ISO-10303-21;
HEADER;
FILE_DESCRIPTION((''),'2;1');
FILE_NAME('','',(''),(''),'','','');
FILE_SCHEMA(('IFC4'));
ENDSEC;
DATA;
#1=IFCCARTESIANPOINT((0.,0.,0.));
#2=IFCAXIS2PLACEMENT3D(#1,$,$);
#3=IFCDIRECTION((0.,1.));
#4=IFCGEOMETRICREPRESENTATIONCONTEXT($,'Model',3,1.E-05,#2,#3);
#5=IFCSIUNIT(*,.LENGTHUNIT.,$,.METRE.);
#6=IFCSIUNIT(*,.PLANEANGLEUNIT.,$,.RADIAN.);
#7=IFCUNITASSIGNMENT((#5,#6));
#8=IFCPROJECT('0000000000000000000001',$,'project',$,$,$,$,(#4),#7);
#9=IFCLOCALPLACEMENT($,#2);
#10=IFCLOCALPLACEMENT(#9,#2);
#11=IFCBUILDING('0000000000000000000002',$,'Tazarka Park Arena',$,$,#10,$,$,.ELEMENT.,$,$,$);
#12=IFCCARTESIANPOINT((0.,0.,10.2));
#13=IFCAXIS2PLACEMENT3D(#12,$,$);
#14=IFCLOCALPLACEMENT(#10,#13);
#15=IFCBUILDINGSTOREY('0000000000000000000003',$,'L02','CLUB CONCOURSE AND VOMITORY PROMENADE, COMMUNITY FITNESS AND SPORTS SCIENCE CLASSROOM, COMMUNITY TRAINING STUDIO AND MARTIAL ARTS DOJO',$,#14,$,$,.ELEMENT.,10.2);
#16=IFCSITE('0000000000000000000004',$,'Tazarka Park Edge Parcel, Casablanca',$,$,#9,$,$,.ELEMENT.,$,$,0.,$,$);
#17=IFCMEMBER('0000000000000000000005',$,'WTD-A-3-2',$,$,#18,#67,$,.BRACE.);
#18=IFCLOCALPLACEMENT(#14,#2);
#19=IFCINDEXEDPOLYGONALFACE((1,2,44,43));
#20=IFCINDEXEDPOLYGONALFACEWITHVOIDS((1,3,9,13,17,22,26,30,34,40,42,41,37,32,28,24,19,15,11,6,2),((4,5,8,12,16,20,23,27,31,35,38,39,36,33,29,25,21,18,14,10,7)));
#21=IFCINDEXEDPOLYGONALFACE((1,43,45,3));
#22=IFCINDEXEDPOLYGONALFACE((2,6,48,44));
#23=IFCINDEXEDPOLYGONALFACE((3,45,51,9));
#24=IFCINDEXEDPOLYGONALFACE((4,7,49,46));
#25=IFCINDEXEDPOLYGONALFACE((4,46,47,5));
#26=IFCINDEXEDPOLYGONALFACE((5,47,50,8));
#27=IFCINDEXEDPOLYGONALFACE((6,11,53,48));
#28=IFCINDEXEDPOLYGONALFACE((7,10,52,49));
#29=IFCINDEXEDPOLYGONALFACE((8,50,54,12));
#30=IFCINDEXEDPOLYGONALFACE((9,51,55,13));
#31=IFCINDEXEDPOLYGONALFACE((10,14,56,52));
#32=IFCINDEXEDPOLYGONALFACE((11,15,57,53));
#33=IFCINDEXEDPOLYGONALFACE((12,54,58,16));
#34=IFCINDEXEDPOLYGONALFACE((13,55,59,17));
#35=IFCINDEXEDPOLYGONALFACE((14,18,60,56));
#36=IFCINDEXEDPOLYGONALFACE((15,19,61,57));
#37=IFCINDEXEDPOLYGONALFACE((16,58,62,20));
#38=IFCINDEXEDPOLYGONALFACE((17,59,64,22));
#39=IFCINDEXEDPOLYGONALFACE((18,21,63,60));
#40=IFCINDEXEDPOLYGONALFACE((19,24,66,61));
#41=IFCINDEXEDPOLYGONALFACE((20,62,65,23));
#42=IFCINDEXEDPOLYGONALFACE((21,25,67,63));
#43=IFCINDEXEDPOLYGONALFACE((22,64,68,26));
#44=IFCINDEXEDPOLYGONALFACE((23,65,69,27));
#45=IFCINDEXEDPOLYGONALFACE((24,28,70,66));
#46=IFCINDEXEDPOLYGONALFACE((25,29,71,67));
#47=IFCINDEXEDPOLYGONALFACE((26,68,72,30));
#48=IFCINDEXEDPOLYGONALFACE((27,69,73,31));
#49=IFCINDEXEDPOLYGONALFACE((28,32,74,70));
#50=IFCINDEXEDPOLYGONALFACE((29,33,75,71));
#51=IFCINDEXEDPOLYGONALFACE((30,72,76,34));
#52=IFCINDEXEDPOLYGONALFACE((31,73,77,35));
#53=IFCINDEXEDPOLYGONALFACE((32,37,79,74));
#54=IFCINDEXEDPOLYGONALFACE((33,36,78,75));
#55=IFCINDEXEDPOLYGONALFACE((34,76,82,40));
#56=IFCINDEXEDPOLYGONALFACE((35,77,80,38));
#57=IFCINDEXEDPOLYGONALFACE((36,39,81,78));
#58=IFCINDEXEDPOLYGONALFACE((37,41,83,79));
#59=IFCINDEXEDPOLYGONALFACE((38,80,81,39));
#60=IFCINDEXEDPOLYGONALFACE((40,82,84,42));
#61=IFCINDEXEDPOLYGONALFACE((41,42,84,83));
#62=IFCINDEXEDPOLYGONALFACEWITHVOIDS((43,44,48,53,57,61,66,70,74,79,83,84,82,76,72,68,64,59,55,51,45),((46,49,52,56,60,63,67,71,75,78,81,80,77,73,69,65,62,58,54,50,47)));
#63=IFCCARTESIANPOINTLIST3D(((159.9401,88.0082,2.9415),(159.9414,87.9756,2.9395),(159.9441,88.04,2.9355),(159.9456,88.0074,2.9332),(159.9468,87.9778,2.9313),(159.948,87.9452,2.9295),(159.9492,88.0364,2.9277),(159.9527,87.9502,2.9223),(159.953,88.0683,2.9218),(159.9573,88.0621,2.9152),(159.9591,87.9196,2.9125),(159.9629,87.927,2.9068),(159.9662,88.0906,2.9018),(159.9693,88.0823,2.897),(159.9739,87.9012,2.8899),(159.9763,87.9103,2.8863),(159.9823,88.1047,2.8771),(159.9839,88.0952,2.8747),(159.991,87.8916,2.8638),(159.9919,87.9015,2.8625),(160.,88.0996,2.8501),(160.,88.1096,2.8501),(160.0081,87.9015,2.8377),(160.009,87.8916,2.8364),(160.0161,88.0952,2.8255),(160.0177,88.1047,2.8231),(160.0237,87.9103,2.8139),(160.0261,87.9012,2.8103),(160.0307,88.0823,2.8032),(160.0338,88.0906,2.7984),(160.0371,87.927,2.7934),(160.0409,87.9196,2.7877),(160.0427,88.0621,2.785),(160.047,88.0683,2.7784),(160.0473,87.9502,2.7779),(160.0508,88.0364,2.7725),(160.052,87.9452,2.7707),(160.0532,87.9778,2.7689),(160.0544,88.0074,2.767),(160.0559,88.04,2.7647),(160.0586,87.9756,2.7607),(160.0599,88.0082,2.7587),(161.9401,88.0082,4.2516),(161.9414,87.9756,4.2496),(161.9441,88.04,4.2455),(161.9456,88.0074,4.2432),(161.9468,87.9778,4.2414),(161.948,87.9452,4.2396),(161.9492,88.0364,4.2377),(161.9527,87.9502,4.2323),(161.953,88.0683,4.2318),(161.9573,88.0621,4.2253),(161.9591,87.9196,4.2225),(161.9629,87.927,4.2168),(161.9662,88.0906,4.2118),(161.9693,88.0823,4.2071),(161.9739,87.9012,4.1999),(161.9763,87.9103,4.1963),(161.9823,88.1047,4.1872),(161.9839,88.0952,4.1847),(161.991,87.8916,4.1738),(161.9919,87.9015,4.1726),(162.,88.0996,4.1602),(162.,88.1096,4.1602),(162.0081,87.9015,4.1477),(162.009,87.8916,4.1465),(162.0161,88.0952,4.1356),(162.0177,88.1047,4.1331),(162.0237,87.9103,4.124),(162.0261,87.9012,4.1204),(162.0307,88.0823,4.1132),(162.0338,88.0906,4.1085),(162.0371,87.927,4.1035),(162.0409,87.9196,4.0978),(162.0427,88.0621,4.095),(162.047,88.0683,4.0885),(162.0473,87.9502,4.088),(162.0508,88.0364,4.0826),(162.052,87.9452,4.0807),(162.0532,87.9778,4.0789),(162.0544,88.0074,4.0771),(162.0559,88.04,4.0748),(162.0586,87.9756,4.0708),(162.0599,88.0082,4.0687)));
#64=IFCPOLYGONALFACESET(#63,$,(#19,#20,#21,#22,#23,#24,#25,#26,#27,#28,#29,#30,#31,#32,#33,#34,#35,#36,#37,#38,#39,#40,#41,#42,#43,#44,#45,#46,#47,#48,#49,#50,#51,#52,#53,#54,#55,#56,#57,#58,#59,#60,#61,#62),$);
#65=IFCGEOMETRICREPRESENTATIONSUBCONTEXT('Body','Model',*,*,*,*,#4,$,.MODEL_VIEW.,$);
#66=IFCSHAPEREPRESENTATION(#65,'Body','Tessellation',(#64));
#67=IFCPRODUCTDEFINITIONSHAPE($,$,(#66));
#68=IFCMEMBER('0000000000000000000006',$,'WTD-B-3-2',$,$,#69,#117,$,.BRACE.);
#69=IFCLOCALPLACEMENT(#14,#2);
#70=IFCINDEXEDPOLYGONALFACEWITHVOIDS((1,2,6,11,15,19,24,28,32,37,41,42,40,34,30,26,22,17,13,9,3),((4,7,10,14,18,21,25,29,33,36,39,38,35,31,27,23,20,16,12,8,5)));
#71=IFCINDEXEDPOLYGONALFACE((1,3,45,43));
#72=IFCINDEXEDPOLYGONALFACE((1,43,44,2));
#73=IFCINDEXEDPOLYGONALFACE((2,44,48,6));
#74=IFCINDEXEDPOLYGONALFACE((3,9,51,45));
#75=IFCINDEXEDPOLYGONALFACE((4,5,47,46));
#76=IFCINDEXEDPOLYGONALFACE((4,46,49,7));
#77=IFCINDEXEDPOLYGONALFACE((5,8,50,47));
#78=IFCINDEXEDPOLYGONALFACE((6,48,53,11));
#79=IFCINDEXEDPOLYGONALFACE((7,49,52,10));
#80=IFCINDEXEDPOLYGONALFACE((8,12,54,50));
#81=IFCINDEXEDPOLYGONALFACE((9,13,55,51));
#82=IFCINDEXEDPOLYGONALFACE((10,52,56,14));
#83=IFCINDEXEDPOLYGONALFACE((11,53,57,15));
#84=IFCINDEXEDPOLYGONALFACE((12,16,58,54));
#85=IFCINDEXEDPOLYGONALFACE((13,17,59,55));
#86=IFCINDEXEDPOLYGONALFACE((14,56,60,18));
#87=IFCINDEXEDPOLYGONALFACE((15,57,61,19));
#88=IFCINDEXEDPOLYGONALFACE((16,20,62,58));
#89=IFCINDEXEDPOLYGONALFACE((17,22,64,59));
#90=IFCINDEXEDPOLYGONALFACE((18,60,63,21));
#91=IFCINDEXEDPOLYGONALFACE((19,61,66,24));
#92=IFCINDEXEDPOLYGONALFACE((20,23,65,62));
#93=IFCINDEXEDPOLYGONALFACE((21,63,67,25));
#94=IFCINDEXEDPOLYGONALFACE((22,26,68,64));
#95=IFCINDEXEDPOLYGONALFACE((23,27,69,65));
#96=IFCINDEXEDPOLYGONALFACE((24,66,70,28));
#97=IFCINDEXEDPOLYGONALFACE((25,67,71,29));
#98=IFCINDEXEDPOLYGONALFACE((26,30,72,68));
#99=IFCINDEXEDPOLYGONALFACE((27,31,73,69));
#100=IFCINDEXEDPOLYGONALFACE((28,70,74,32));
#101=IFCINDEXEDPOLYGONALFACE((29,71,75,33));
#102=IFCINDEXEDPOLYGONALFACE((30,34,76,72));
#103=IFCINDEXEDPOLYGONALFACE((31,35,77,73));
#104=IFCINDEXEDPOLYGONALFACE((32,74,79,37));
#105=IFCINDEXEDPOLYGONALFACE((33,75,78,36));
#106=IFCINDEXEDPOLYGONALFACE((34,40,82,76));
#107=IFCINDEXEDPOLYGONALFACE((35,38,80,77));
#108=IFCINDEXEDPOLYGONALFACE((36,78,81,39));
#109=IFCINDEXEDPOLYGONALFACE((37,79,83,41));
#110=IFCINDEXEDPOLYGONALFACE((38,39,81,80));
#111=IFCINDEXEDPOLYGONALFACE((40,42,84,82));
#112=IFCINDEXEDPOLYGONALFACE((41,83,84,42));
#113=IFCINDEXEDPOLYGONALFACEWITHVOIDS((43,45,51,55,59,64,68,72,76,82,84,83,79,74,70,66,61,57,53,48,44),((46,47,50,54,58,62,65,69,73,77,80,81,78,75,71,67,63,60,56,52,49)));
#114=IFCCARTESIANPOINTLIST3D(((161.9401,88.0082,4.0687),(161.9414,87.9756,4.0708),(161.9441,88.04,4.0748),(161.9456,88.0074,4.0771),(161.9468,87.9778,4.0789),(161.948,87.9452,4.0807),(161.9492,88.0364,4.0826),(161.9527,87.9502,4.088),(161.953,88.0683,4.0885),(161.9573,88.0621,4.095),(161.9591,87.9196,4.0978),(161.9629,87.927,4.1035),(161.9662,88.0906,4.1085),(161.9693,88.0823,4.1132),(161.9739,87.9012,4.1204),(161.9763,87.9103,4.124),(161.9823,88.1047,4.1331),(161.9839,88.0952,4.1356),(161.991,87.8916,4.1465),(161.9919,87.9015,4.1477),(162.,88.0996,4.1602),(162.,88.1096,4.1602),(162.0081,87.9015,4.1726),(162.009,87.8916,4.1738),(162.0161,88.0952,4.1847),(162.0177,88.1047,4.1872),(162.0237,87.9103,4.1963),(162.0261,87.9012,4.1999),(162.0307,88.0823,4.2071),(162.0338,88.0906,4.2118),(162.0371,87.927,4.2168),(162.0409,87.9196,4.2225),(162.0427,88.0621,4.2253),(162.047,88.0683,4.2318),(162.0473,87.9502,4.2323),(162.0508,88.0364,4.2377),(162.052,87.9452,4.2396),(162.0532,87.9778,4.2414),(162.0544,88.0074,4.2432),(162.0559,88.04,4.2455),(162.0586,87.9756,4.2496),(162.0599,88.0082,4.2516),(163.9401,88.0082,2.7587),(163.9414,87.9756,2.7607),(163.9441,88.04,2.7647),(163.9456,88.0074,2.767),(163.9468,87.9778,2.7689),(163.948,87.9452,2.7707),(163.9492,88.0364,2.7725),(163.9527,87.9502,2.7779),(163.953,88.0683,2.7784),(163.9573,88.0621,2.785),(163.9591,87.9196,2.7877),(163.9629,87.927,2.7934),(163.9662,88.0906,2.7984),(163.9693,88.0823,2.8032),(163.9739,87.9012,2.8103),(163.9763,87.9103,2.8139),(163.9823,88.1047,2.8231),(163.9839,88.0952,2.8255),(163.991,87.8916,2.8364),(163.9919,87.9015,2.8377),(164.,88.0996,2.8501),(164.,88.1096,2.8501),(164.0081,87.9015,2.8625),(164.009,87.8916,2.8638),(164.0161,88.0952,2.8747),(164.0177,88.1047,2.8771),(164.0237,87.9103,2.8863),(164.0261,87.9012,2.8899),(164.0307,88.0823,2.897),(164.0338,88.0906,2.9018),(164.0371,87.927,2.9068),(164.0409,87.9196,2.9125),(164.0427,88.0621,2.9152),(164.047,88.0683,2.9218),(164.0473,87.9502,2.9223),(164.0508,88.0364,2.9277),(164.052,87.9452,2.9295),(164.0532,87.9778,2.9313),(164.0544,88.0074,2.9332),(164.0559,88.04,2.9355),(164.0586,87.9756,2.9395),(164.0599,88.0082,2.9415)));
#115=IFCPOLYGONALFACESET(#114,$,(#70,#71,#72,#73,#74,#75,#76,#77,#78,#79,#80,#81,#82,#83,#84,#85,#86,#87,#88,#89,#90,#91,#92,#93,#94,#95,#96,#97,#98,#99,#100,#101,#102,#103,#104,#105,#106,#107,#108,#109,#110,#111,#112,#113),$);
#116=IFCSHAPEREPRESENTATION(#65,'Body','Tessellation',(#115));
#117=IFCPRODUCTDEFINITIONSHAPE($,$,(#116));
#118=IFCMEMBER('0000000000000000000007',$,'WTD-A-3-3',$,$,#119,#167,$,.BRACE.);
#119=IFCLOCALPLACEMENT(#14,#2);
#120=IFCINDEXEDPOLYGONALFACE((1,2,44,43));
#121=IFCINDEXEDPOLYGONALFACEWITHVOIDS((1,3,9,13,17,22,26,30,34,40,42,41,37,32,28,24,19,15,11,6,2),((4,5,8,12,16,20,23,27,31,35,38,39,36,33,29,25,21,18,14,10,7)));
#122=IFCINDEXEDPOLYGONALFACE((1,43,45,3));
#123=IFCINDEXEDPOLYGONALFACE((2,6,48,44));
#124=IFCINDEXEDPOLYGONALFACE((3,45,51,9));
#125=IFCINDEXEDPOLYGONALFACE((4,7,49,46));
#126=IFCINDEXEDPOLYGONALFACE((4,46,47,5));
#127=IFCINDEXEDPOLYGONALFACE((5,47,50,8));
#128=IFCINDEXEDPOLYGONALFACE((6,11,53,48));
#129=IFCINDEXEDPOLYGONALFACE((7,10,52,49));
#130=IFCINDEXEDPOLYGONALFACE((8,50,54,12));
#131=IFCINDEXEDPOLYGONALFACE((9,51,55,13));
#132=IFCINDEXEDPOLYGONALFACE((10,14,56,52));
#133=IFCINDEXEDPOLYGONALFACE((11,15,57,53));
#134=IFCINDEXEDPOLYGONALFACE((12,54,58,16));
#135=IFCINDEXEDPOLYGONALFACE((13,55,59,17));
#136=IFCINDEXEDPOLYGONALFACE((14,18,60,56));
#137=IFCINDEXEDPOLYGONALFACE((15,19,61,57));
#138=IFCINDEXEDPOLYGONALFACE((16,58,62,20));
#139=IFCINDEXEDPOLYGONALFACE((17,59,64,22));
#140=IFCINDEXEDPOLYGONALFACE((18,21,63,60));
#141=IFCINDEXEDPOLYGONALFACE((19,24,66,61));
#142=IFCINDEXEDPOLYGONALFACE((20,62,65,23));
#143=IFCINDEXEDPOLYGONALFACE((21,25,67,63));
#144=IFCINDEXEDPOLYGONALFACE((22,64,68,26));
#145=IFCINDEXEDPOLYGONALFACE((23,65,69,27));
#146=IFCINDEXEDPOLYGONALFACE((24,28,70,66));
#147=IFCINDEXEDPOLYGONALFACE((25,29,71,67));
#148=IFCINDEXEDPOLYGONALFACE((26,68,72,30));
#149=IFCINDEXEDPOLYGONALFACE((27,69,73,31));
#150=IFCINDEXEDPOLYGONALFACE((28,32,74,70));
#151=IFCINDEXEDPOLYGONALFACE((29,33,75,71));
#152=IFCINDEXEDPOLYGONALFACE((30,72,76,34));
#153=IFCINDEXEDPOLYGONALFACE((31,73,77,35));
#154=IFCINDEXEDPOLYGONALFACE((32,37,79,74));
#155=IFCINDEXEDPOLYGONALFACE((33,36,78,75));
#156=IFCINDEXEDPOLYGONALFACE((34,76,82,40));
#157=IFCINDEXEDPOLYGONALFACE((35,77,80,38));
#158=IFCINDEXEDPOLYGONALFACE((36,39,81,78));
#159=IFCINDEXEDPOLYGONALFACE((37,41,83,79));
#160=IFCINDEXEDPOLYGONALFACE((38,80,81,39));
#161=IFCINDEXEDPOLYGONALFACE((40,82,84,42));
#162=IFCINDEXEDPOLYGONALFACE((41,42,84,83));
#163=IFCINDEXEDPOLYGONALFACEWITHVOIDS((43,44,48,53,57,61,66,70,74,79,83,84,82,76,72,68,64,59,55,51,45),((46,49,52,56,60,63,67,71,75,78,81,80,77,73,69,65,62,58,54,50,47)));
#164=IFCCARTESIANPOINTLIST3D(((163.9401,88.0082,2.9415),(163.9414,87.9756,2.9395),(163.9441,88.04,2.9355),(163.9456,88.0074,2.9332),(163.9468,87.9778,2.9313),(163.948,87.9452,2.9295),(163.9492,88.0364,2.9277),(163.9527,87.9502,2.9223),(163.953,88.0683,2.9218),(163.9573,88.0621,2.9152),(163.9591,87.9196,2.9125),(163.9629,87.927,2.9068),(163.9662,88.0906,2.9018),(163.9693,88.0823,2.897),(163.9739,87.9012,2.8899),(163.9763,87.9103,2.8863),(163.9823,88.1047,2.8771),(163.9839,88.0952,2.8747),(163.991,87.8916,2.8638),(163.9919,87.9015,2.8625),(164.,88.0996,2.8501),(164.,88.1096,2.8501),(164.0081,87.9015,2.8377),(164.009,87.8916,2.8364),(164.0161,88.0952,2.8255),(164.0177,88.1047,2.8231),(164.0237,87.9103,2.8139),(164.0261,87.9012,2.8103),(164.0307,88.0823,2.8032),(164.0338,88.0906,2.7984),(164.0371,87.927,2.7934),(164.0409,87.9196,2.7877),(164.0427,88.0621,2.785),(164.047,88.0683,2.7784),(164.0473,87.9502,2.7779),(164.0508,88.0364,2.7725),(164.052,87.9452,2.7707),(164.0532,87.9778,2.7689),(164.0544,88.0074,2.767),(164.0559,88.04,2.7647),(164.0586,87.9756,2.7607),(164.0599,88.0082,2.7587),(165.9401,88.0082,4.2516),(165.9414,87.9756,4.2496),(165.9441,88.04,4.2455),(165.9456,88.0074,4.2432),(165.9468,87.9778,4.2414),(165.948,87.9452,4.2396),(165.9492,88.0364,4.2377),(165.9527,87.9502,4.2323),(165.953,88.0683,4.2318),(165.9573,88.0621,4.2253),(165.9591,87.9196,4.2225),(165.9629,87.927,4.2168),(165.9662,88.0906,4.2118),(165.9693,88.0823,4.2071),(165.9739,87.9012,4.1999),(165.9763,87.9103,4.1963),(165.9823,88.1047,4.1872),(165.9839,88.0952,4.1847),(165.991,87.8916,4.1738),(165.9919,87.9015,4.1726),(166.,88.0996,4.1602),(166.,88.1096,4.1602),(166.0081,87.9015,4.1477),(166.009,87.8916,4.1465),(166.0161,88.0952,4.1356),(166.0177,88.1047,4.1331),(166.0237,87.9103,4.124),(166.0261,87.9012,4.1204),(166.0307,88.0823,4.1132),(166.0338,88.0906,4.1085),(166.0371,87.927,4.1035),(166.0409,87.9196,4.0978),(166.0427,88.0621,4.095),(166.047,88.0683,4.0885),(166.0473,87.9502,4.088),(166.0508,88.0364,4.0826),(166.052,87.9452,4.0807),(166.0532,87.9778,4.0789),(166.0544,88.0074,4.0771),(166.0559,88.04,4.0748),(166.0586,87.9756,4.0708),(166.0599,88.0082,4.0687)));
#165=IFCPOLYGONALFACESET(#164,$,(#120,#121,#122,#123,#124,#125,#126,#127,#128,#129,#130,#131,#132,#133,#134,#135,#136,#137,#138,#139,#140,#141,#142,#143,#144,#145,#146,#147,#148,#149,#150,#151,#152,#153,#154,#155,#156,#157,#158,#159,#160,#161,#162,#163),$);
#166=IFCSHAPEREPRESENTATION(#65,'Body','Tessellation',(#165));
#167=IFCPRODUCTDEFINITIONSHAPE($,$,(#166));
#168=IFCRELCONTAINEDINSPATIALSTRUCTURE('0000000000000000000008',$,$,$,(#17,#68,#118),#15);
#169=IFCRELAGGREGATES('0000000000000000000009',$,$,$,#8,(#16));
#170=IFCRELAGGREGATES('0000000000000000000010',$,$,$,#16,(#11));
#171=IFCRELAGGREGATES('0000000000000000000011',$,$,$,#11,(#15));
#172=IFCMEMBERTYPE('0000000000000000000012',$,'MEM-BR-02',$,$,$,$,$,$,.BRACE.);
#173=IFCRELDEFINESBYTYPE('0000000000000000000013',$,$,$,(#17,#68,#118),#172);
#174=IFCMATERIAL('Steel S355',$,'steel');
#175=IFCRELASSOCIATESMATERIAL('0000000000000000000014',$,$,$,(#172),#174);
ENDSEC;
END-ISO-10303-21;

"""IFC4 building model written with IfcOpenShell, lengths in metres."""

from ifc_helpers import new_model, si_unit, direction, frame, origin, origin_2d, place, context, subcontext, project, spatial, hollow_circle, extrude, material, material_profile, profile_set, type_object, element, save


model = new_model("IFC4")

# Units and contexts
model_context = context("Model", 3, precision=1e-05, world=origin(), true_north=direction((0.0, 1.0)))
body_context = subcontext(model_context, "Body", "Model", "MODEL_VIEW")
ifc_project = project(units=[si_unit("LENGTHUNIT", "METRE"), si_unit("PLANEANGLEUNIT", "RADIAN")], contexts=[model_context])

# Site, building, storey
site_placement = place(None, origin())
site = spatial("IfcSite", under=ifc_project, at=site_placement, Name="Tazarka Park Edge Parcel, Casablanca", CompositionType="ELEMENT", RefElevation=0.0)
building_placement = place(site_placement, origin())
building = spatial("IfcBuilding", under=site, at=building_placement, Name="Tazarka Park Arena", CompositionType="ELEMENT")
storey_placement = place(building_placement, frame((0.0, 0.0, 10.2)))
storey = spatial("IfcBuildingStorey", under=building, at=storey_placement, Name="L02", Description="CLUB CONCOURSE AND VOMITORY PROMENADE, COMMUNITY FITNESS AND SPORTS SCIENCE CLASSROOM, COMMUNITY TRAINING STUDIO AND MARTIAL ARTS DOJO", CompositionType="ELEMENT", Elevation=10.2)

# Members
ifc_material_1 = material(Name="Steel S355", Category="steel")
ifc_material_profile_1 = material_profile(ifc_material_1, hollow_circle(Radius=0.1096, WallThickness=0.01, at=origin_2d()), Name="Steel S355")
ifc_profile_set_1 = profile_set([ifc_material_profile_1], Name="Steel S355")
member_type_1 = type_object("IfcMemberType", Name="MEM-BR-02", PredefinedType="BRACE", material=ifc_profile_set_1)
for number, where, z_axis, x_axis, name in (
    (1, (160.0, 88.0, 2.8501), (0.836516, 0.0, 0.547942), (0.0, 1.0, 0.0), "WTD-A-3-2"),
    (2, (162.0, 88.0, 4.1602), (0.836516, 0.0, -0.547942), (0.0, 1.0, 0.0), "WTD-B-3-2"),
    (3, (164.0, 88.0, 2.8501), (0.836516, 0.0, 0.547942), (0.0, 1.0, 0.0), "WTD-A-3-3"),
):
    element("IfcMember", number, at=place(storey_placement, frame(where, z_axis=z_axis, x_axis=x_axis)), inside=storey, type_object=member_type_1, Name=name, PredefinedType="BRACE", context=body_context, shape_type="SweptSolid", body=[
        extrude(hollow_circle(Radius=0.1096, WallThickness=0.01, at=origin_2d()), origin(), (0.0, 0.0, 1.0), 2.3909),
    ])

save(model, "model.ifc")
